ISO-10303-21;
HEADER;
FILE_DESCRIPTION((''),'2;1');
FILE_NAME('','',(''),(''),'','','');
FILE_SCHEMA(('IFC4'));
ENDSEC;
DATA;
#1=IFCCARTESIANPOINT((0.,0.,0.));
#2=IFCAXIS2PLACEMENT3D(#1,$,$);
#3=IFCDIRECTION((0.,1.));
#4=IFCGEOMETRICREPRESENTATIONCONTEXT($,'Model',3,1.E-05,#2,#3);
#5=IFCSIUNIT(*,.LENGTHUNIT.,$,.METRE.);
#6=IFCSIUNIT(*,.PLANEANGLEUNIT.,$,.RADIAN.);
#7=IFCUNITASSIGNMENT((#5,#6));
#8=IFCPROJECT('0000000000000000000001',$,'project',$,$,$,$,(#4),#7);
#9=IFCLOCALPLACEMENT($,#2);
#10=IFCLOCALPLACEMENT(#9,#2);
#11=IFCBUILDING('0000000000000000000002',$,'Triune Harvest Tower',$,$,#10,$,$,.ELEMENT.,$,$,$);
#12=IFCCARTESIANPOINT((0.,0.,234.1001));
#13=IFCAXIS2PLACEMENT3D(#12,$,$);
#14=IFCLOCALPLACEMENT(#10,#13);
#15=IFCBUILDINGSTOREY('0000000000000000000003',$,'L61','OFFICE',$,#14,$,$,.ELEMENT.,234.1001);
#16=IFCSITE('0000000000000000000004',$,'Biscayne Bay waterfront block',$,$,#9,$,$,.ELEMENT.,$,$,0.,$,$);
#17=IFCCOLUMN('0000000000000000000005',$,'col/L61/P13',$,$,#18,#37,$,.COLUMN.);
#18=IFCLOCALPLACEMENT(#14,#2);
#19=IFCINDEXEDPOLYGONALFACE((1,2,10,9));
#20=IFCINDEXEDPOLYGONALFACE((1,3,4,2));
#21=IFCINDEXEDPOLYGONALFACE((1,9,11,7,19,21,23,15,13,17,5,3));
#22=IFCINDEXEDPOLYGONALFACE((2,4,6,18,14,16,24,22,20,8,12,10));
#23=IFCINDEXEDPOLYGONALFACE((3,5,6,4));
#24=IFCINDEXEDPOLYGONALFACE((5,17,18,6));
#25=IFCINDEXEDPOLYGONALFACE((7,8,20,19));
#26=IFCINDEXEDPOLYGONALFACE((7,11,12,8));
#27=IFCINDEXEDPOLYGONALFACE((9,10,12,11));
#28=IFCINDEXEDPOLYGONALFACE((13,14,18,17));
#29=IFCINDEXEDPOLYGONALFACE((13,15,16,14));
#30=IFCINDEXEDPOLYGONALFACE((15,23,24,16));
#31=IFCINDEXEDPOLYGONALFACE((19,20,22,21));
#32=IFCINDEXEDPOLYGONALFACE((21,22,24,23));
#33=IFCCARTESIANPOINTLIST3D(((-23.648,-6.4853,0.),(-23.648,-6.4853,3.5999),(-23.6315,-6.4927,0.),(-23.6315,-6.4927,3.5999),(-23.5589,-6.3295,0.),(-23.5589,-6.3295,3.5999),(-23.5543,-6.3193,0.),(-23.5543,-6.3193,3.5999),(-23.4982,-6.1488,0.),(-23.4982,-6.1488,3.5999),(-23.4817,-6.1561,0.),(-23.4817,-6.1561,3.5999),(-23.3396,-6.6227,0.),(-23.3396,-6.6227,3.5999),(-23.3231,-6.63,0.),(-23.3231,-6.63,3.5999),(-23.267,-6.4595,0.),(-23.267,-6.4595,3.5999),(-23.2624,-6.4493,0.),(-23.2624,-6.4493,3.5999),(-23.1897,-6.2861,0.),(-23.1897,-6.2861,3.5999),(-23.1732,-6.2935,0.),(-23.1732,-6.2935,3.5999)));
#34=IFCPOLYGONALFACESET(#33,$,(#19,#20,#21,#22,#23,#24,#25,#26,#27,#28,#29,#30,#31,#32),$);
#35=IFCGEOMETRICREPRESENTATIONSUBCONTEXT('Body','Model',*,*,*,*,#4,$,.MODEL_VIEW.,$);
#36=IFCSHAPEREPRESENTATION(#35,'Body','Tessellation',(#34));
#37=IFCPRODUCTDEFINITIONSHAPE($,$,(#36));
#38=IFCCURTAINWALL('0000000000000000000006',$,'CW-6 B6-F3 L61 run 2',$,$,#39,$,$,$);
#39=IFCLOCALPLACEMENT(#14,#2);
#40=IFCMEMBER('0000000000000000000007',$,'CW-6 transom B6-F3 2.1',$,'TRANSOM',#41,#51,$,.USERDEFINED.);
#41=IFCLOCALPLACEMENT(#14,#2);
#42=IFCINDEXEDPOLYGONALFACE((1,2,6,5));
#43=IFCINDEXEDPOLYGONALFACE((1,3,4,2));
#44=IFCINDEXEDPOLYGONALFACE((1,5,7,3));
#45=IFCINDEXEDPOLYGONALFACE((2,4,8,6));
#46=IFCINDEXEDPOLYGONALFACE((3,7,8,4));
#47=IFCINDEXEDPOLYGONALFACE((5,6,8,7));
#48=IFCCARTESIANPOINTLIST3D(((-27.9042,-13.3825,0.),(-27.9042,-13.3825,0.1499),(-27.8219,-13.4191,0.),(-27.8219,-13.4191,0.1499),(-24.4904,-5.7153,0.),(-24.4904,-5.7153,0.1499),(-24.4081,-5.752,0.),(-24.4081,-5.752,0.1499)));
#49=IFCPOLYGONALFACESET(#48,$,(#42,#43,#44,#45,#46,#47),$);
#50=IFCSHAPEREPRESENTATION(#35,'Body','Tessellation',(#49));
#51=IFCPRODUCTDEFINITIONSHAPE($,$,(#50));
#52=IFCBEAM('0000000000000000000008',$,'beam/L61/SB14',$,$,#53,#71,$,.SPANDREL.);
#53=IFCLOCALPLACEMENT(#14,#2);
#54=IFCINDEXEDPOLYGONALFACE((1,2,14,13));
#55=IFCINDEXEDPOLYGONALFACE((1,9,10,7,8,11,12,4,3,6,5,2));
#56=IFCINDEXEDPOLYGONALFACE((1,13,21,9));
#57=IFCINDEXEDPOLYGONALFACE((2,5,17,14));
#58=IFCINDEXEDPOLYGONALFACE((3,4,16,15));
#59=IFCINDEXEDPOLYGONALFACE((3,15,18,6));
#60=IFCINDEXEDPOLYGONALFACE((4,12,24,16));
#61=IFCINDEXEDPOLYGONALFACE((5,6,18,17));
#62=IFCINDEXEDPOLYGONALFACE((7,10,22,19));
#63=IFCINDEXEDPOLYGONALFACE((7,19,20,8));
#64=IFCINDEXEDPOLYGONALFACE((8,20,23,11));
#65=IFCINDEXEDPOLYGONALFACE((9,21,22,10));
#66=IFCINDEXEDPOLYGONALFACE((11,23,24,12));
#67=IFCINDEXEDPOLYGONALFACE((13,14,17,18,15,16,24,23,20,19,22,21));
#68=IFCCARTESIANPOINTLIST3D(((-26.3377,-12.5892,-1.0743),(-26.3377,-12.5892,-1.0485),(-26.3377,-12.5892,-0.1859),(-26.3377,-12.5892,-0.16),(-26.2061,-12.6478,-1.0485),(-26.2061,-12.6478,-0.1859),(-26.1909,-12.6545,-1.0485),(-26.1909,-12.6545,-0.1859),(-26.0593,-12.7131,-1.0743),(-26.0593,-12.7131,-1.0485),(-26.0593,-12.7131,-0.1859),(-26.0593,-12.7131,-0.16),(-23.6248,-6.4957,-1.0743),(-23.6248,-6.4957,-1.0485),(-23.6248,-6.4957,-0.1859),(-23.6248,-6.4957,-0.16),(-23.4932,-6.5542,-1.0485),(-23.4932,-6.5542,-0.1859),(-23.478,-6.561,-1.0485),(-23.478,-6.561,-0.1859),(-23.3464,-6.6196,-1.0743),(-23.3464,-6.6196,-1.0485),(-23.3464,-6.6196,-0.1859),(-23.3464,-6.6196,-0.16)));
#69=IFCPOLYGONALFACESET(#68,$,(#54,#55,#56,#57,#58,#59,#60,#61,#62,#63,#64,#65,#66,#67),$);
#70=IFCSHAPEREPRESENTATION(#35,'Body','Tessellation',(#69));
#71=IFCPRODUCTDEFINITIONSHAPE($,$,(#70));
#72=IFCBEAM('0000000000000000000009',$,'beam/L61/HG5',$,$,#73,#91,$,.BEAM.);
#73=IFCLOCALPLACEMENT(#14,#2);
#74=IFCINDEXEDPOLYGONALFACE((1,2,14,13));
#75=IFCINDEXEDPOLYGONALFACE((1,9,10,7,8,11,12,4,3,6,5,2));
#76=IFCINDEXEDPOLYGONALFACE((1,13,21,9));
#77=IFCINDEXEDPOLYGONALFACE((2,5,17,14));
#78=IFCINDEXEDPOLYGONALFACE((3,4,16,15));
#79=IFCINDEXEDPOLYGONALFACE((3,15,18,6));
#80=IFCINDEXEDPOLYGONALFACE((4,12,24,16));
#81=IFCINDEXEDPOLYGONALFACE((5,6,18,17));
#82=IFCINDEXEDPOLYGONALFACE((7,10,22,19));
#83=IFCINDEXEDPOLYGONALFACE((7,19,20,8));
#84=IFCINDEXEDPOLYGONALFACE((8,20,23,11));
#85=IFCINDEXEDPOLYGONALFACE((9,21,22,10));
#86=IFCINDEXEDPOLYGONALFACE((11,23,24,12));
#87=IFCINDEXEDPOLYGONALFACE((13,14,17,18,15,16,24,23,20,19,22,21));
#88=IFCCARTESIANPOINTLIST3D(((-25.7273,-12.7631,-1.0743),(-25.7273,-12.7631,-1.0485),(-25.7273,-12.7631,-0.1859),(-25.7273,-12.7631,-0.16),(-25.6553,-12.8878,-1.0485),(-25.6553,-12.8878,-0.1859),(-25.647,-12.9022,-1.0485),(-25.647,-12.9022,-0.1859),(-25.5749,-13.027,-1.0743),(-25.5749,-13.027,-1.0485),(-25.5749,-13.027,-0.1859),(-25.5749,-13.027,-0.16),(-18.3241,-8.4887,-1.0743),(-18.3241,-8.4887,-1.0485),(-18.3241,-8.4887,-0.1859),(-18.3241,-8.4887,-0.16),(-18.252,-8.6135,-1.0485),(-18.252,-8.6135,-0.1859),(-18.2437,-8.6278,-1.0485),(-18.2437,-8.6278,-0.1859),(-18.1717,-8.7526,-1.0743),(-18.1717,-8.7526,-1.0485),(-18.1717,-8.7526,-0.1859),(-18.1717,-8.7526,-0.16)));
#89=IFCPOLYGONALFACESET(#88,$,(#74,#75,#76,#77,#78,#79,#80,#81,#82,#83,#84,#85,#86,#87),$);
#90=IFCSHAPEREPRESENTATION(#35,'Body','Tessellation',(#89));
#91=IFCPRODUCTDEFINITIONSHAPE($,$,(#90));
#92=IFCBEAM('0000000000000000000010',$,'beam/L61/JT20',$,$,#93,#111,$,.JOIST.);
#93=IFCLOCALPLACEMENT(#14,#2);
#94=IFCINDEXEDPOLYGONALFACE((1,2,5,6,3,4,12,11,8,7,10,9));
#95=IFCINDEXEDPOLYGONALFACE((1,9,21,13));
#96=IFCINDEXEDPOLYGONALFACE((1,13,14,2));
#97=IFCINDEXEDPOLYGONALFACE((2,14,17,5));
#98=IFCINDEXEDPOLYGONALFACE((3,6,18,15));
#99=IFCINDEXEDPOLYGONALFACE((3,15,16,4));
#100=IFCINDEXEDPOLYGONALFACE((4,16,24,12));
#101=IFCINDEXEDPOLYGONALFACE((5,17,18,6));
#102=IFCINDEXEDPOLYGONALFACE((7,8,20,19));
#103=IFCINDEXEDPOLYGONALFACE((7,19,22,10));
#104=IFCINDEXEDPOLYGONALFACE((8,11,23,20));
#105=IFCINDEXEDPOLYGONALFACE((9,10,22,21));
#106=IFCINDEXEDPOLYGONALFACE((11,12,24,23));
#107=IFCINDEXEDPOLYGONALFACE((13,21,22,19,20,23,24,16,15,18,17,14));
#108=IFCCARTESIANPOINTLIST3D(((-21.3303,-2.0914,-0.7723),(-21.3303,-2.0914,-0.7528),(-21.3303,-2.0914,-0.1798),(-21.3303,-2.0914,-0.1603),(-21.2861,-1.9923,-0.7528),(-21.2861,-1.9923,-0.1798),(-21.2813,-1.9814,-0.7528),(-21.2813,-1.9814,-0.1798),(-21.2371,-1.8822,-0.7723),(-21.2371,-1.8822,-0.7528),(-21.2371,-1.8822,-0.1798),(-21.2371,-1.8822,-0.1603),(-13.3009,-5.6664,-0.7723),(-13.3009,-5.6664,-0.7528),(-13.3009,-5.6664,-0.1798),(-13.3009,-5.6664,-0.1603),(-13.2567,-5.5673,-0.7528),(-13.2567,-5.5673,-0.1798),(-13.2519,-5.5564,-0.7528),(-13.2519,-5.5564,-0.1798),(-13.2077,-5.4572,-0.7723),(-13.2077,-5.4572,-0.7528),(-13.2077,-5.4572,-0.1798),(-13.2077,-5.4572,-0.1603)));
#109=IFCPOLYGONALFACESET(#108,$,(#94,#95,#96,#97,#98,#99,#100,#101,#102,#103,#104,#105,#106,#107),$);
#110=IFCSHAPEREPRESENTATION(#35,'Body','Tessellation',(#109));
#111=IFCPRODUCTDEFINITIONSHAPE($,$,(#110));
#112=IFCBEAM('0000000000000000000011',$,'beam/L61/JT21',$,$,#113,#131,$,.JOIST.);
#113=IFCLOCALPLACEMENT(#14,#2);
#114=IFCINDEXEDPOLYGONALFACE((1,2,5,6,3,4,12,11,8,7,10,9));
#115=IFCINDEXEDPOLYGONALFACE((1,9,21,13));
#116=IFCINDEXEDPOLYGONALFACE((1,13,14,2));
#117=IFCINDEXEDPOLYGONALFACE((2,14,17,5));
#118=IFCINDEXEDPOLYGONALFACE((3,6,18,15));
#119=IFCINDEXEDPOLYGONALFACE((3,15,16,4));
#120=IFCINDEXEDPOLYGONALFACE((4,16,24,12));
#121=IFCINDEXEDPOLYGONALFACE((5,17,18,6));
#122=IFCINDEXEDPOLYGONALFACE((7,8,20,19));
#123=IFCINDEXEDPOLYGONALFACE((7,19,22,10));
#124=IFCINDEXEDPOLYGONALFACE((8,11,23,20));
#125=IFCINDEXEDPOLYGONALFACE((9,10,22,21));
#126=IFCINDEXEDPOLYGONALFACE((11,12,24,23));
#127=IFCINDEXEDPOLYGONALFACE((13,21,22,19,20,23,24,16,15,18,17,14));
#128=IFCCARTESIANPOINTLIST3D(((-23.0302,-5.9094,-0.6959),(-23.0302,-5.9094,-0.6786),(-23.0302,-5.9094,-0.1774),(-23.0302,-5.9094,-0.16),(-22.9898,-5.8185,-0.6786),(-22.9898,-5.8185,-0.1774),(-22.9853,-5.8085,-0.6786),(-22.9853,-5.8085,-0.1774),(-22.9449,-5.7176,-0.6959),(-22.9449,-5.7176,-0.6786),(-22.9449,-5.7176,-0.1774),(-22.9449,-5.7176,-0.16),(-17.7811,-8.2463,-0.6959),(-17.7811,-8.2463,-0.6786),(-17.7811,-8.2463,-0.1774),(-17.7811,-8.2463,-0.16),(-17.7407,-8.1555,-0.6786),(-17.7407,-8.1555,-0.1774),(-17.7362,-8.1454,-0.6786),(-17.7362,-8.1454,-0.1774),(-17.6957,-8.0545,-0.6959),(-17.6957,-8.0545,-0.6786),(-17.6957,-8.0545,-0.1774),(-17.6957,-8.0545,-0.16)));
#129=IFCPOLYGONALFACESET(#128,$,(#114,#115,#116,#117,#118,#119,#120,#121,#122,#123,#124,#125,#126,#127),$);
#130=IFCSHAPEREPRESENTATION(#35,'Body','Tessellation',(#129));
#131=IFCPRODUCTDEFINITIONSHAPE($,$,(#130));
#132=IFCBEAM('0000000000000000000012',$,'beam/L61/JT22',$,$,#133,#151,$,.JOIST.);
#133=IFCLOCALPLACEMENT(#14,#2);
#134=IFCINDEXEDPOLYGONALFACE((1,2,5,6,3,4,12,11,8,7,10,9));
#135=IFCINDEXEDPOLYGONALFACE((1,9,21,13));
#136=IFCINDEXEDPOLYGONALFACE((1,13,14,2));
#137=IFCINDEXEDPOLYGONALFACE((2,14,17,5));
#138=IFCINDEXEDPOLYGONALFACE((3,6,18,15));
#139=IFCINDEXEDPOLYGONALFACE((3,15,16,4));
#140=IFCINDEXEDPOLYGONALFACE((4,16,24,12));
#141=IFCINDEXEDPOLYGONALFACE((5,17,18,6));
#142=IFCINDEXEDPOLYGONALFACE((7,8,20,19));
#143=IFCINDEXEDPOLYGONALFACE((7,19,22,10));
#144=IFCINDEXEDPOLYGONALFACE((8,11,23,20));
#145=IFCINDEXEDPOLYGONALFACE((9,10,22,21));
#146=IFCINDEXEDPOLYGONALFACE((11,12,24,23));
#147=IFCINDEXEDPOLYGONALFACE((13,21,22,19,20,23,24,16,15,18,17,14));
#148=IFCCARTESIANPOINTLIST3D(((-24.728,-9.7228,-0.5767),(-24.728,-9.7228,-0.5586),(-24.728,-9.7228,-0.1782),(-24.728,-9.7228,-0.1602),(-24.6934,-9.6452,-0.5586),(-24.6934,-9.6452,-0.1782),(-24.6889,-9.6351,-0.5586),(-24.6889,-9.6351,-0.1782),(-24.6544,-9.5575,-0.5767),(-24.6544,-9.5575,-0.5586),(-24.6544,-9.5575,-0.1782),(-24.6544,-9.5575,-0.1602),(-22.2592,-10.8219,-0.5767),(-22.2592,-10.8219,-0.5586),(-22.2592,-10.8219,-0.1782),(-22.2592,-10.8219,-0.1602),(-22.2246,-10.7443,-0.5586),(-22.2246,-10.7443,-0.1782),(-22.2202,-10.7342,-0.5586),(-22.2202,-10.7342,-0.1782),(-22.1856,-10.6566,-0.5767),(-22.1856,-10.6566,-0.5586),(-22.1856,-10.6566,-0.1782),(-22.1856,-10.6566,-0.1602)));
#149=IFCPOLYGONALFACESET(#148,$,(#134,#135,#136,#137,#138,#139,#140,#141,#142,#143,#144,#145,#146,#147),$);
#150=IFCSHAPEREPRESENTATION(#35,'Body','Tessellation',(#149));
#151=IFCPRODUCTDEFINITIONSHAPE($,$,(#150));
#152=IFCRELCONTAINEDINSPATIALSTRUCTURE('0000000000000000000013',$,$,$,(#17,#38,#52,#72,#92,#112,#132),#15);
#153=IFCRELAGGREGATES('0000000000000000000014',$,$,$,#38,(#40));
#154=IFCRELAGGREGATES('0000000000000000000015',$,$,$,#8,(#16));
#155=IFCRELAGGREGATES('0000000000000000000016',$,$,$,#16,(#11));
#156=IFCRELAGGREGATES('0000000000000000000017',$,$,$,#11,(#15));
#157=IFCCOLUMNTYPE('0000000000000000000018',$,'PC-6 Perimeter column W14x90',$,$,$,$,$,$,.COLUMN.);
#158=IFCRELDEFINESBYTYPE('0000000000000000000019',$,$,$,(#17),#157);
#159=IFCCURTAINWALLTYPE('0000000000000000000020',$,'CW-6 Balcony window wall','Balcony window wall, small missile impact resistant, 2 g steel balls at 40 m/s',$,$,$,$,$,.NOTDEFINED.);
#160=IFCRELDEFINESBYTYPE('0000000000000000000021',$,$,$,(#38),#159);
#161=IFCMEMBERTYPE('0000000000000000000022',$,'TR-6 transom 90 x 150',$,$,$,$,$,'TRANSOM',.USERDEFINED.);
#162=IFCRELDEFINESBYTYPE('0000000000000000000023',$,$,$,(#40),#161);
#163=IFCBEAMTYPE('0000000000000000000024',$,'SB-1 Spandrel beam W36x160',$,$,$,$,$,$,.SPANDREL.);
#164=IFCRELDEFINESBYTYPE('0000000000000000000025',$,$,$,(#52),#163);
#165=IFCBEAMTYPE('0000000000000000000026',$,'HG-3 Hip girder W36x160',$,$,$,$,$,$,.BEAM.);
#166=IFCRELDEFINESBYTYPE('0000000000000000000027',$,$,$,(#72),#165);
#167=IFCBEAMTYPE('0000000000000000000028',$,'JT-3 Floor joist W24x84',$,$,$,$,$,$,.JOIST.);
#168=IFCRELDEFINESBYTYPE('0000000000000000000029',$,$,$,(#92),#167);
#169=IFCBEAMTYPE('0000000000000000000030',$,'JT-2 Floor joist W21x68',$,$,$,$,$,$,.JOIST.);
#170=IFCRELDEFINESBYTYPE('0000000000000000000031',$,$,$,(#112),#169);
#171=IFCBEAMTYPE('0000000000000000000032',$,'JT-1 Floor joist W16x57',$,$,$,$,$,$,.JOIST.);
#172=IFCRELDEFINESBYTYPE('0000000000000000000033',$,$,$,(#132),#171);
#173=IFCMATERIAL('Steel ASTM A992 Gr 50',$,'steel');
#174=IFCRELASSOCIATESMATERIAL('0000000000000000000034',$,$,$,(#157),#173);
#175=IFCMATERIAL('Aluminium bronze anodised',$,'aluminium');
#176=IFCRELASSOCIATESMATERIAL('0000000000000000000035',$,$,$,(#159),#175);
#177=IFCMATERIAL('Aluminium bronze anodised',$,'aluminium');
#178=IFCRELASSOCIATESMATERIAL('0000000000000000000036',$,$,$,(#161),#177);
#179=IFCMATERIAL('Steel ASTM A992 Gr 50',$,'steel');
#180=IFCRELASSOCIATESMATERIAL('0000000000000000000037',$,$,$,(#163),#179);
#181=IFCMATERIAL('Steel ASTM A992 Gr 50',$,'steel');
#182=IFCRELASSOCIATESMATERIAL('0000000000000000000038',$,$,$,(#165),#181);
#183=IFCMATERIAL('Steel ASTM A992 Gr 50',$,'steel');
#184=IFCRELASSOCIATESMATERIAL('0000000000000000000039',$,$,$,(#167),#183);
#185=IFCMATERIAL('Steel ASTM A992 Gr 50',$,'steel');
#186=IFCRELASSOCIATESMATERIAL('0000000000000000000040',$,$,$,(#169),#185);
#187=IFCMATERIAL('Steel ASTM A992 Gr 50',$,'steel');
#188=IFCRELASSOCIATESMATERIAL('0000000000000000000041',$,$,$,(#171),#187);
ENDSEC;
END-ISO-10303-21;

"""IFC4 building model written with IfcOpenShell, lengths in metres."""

from ifc_helpers import new_model, si_unit, direction, frame, origin, origin_2d, place, context, subcontext, project, spatial, rectangle, i_section, extrude, source, transform, mapped, material, material_profile, profile_set, type_object, element, aggregate, save


model = new_model("IFC4")

# Units and contexts
model_context = context("Model", 3, precision=1e-05, world=origin(), true_north=direction((0.0, 1.0)))
body_context = subcontext(model_context, "Body", "Model", "MODEL_VIEW")
ifc_project = project(units=[si_unit("LENGTHUNIT", "METRE"), si_unit("PLANEANGLEUNIT", "RADIAN")], contexts=[model_context])

# Site, building, storey
site_placement = place(None, origin())
site = spatial("IfcSite", under=ifc_project, at=site_placement, Name="Biscayne Bay waterfront block", CompositionType="ELEMENT", RefElevation=0.0)
building_placement = place(site_placement, origin())
building = spatial("IfcBuilding", under=site, at=building_placement, Name="Triune Harvest Tower", CompositionType="ELEMENT")
storey_placement = place(building_placement, frame((0.0, 0.0, 234.1001)))
storey = spatial("IfcBuildingStorey", under=building, at=storey_placement, Name="L61", Description="OFFICE", CompositionType="ELEMENT", Elevation=234.1001)

# Column
ifc_material_1 = material(Name="Steel ASTM A992 Gr 50", Category="steel")
ifc_material_profile_1 = material_profile(ifc_material_1, i_section(OverallWidth=0.3684, OverallDepth=0.3557, WebThickness=0.0112, FlangeThickness=0.0181, at=origin_2d()), Name="W14x90")
ifc_profile_set_1 = profile_set([ifc_material_profile_1], Name="Steel ASTM A992 Gr 50")
column_type = type_object("IfcColumnType", Name="PC-6 Perimeter column W14x90", PredefinedType="COLUMN", material=ifc_profile_set_1)
shared_shape_1 = source(origin(), body_context, "Body", "SweptSolid", [
    extrude(i_section(OverallWidth=0.3684, OverallDepth=0.3557, WebThickness=0.0112, FlangeThickness=0.0181, at=origin_2d()), origin(), (0.0, 0.0, 1.0), 3.5999),
])
column_placement = place(storey_placement, frame((-23.4106, -6.3894, 0.0), z_axis=(0.0, 0.0, 1.0), x_axis=(-0.406738, -0.913545, 0.0)))
element("IfcColumn", 1, at=column_placement, inside=storey, type_object=column_type, Name="col/L61/P13", PredefinedType="COLUMN", context=body_context, shape_type="MappedRepresentation", body=[
    mapped(shared_shape_1, transform((0.0, 0.0, 0.0), scale=1.0)),
])

# Curtain wall, member
ifc_material_2 = material(Name="Aluminium bronze anodised", Category="aluminium")
curtain_wall_type_1 = type_object("IfcCurtainWallType", Name="CW-6 Balcony window wall", Description="Balcony window wall, small missile impact resistant, 2 g steel balls at 40 m/s", PredefinedType="NOTDEFINED", material=ifc_material_2)
curtain_wall_1_placement = place(storey_placement, origin())
curtain_wall_1 = element("IfcCurtainWall", 2, at=curtain_wall_1_placement, inside=storey, type_object=curtain_wall_type_1, Name="CW-6 B6-F3 L61 run 2")
ifc_material_3 = material(Name="Aluminium bronze anodised", Category="aluminium")
ifc_material_profile_2 = material_profile(ifc_material_3, rectangle(XDim=0.0901, YDim=0.1499, at=origin_2d()), Name="TR-6 transom 90 x 150")
ifc_profile_set_2 = profile_set([ifc_material_profile_2], Name="Aluminium bronze anodised")
member_type_1 = type_object("IfcMemberType", Name="TR-6 transom 90 x 150", ElementType="TRANSOM", PredefinedType="USERDEFINED", material=ifc_profile_set_2)
member_1_placement = place(storey_placement, frame((-24.4492, -5.7336, 0.075), z_axis=(-0.406751, -0.913539, 0.0), x_axis=(0.913539, -0.406751, 0.0)))
member_1 = element("IfcMember", 3, at=member_1_placement, type_object=member_type_1, Name="CW-6 transom B6-F3 2.1", ObjectType="TRANSOM", PredefinedType="USERDEFINED", context=body_context, shape_type="SweptSolid", body=[
    extrude(rectangle(XDim=0.0901, YDim=0.1499, at=origin_2d()), origin(), (0.0, 0.0, 1.0), 8.3928),
])

# Beams
ifc_material_4 = material(Name="Steel ASTM A992 Gr 50", Category="steel")
ifc_material_profile_3 = material_profile(ifc_material_4, i_section(OverallWidth=0.3047, OverallDepth=0.9143, WebThickness=0.0166, FlangeThickness=0.0259, at=origin_2d()), Name="W36x160")
ifc_profile_set_3 = profile_set([ifc_material_profile_3], Name="Steel ASTM A992 Gr 50")
beam_type_1 = type_object("IfcBeamType", Name="SB-1 Spandrel beam W36x160", PredefinedType="SPANDREL", material=ifc_profile_set_3)
shared_shape_2 = source(origin(), body_context, "Body", "SweptSolid", [
    extrude(i_section(OverallWidth=0.3047, OverallDepth=0.9143, WebThickness=0.0166, FlangeThickness=0.0259, at=origin_2d()), origin(), (0.0, 0.0, 1.0), 6.6702),
])
beam_1_placement = place(storey_placement, frame((-23.4856, -6.5576, -0.6172), z_axis=(-0.406723, -0.913552, 0.0), x_axis=(0.913552, -0.406723, 0.0)))
element("IfcBeam", 4, at=beam_1_placement, inside=storey, type_object=beam_type_1, Name="beam/L61/SB14", PredefinedType="SPANDREL", context=body_context, shape_type="MappedRepresentation", body=[
    mapped(shared_shape_2, transform((0.0, 0.0, 0.0), scale=1.0)),
])
ifc_material_5 = material(Name="Steel ASTM A992 Gr 50", Category="steel")
ifc_material_profile_4 = material_profile(ifc_material_5, i_section(OverallWidth=0.3047, OverallDepth=0.9143, WebThickness=0.0166, FlangeThickness=0.0259, at=origin_2d()), Name="W36x160")
ifc_profile_set_4 = profile_set([ifc_material_profile_4], Name="Steel ASTM A992 Gr 50")
beam_type_2 = type_object("IfcBeamType", Name="HG-3 Hip girder W36x160", PredefinedType="BEAM", material=ifc_profile_set_4)
shared_shape_3 = source(origin(), body_context, "Body", "SweptSolid", [
    extrude(i_section(OverallWidth=0.3047, OverallDepth=0.9143, WebThickness=0.0166, FlangeThickness=0.0259, at=origin_2d()), origin(), (0.0, 0.0, 1.0), 8.5486),
])
beam_2_placement = place(storey_placement, frame((-25.6511, -12.895, -0.6172), z_axis=(0.86602, 0.500009, 0.0), x_axis=(-0.500009, 0.86602, 0.0)))
element("IfcBeam", 5, at=beam_2_placement, inside=storey, type_object=beam_type_2, Name="beam/L61/HG5", PredefinedType="BEAM", context=body_context, shape_type="MappedRepresentation", body=[
    mapped(shared_shape_3, transform((0.0, 0.0, 0.0), scale=1.0)),
])
ifc_material_6 = material(Name="Steel ASTM A992 Gr 50", Category="steel")
ifc_material_profile_5 = material_profile(ifc_material_6, i_section(OverallWidth=0.229, OverallDepth=0.6121, WebThickness=0.012, FlangeThickness=0.0195, at=origin_2d()), Name="W24x84")
ifc_profile_set_5 = profile_set([ifc_material_profile_5], Name="Steel ASTM A992 Gr 50")
beam_type_3 = type_object("IfcBeamType", Name="JT-3 Floor joist W24x84", PredefinedType="JOIST", material=ifc_profile_set_5)
shared_shape_4 = source(origin(), body_context, "Body", "SweptSolid", [
    extrude(i_section(OverallWidth=0.229, OverallDepth=0.6121, WebThickness=0.012, FlangeThickness=0.0195, at=origin_2d()), origin(), (0.0, 0.0, 1.0), 8.7893),
])
beam_3_placement = place(storey_placement, frame((-21.2837, -1.9868, -0.4663), z_axis=(0.913542, -0.406744, 0.0), x_axis=(0.406744, 0.913542, 0.0)))
element("IfcBeam", 6, at=beam_3_placement, inside=storey, type_object=beam_type_3, Name="beam/L61/JT20", PredefinedType="JOIST", context=body_context, shape_type="MappedRepresentation", body=[
    mapped(shared_shape_4, transform((0.0, 0.0, 0.0), scale=1.0)),
])
ifc_material_7 = material(Name="Steel ASTM A992 Gr 50", Category="steel")
ifc_material_profile_6 = material_profile(ifc_material_7, i_section(OverallWidth=0.21, OverallDepth=0.5359, WebThickness=0.011, FlangeThickness=0.0173, at=origin_2d()), Name="W21x68")
ifc_profile_set_6 = profile_set([ifc_material_profile_6], Name="Steel ASTM A992 Gr 50")
beam_type_4 = type_object("IfcBeamType", Name="JT-2 Floor joist W21x68", PredefinedType="JOIST", material=ifc_profile_set_6)
shared_shape_5 = source(origin(), body_context, "Body", "SweptSolid", [
    extrude(i_section(OverallWidth=0.21, OverallDepth=0.5359, WebThickness=0.011, FlangeThickness=0.0173, at=origin_2d()), origin(), (0.0, 0.0, 1.0), 5.7458),
])
beam_4_placement = place(storey_placement, frame((-22.9875, -5.8135, -0.428), z_axis=(0.913552, -0.406722, 0.0), x_axis=(0.406722, 0.913552, 0.0)))
element("IfcBeam", 7, at=beam_4_placement, inside=storey, type_object=beam_type_4, Name="beam/L61/JT21", PredefinedType="JOIST", context=body_context, shape_type="MappedRepresentation", body=[
    mapped(shared_shape_5, transform((0.0, 0.0, 0.0), scale=1.0)),
])
ifc_material_8 = material(Name="Steel ASTM A992 Gr 50", Category="steel")
ifc_material_profile_7 = material_profile(ifc_material_8, i_section(OverallWidth=0.1809, OverallDepth=0.4165, WebThickness=0.011, FlangeThickness=0.0181, at=origin_2d()), Name="W16x57")
ifc_profile_set_7 = profile_set([ifc_material_profile_7], Name="Steel ASTM A992 Gr 50")
beam_type_5 = type_object("IfcBeamType", Name="JT-1 Floor joist W16x57", PredefinedType="JOIST", material=ifc_profile_set_7)
shared_shape_6 = source(origin(), body_context, "Body", "SweptSolid", [
    extrude(i_section(OverallWidth=0.1809, OverallDepth=0.4165, WebThickness=0.011, FlangeThickness=0.0181, at=origin_2d()), origin(), (0.0, 0.0, 1.0), 2.7024),
])
beam_5_placement = place(storey_placement, frame((-24.6912, -9.6401, -0.3684), z_axis=(0.913551, -0.406725, 0.0), x_axis=(0.406725, 0.913551, 0.0)))
element("IfcBeam", 8, at=beam_5_placement, inside=storey, type_object=beam_type_5, Name="beam/L61/JT22", PredefinedType="JOIST", context=body_context, shape_type="MappedRepresentation", body=[
    mapped(shared_shape_6, transform((0.0, 0.0, 0.0), scale=1.0)),
])

aggregate(curtain_wall_1, [member_1])

save(model, "model.ifc")
